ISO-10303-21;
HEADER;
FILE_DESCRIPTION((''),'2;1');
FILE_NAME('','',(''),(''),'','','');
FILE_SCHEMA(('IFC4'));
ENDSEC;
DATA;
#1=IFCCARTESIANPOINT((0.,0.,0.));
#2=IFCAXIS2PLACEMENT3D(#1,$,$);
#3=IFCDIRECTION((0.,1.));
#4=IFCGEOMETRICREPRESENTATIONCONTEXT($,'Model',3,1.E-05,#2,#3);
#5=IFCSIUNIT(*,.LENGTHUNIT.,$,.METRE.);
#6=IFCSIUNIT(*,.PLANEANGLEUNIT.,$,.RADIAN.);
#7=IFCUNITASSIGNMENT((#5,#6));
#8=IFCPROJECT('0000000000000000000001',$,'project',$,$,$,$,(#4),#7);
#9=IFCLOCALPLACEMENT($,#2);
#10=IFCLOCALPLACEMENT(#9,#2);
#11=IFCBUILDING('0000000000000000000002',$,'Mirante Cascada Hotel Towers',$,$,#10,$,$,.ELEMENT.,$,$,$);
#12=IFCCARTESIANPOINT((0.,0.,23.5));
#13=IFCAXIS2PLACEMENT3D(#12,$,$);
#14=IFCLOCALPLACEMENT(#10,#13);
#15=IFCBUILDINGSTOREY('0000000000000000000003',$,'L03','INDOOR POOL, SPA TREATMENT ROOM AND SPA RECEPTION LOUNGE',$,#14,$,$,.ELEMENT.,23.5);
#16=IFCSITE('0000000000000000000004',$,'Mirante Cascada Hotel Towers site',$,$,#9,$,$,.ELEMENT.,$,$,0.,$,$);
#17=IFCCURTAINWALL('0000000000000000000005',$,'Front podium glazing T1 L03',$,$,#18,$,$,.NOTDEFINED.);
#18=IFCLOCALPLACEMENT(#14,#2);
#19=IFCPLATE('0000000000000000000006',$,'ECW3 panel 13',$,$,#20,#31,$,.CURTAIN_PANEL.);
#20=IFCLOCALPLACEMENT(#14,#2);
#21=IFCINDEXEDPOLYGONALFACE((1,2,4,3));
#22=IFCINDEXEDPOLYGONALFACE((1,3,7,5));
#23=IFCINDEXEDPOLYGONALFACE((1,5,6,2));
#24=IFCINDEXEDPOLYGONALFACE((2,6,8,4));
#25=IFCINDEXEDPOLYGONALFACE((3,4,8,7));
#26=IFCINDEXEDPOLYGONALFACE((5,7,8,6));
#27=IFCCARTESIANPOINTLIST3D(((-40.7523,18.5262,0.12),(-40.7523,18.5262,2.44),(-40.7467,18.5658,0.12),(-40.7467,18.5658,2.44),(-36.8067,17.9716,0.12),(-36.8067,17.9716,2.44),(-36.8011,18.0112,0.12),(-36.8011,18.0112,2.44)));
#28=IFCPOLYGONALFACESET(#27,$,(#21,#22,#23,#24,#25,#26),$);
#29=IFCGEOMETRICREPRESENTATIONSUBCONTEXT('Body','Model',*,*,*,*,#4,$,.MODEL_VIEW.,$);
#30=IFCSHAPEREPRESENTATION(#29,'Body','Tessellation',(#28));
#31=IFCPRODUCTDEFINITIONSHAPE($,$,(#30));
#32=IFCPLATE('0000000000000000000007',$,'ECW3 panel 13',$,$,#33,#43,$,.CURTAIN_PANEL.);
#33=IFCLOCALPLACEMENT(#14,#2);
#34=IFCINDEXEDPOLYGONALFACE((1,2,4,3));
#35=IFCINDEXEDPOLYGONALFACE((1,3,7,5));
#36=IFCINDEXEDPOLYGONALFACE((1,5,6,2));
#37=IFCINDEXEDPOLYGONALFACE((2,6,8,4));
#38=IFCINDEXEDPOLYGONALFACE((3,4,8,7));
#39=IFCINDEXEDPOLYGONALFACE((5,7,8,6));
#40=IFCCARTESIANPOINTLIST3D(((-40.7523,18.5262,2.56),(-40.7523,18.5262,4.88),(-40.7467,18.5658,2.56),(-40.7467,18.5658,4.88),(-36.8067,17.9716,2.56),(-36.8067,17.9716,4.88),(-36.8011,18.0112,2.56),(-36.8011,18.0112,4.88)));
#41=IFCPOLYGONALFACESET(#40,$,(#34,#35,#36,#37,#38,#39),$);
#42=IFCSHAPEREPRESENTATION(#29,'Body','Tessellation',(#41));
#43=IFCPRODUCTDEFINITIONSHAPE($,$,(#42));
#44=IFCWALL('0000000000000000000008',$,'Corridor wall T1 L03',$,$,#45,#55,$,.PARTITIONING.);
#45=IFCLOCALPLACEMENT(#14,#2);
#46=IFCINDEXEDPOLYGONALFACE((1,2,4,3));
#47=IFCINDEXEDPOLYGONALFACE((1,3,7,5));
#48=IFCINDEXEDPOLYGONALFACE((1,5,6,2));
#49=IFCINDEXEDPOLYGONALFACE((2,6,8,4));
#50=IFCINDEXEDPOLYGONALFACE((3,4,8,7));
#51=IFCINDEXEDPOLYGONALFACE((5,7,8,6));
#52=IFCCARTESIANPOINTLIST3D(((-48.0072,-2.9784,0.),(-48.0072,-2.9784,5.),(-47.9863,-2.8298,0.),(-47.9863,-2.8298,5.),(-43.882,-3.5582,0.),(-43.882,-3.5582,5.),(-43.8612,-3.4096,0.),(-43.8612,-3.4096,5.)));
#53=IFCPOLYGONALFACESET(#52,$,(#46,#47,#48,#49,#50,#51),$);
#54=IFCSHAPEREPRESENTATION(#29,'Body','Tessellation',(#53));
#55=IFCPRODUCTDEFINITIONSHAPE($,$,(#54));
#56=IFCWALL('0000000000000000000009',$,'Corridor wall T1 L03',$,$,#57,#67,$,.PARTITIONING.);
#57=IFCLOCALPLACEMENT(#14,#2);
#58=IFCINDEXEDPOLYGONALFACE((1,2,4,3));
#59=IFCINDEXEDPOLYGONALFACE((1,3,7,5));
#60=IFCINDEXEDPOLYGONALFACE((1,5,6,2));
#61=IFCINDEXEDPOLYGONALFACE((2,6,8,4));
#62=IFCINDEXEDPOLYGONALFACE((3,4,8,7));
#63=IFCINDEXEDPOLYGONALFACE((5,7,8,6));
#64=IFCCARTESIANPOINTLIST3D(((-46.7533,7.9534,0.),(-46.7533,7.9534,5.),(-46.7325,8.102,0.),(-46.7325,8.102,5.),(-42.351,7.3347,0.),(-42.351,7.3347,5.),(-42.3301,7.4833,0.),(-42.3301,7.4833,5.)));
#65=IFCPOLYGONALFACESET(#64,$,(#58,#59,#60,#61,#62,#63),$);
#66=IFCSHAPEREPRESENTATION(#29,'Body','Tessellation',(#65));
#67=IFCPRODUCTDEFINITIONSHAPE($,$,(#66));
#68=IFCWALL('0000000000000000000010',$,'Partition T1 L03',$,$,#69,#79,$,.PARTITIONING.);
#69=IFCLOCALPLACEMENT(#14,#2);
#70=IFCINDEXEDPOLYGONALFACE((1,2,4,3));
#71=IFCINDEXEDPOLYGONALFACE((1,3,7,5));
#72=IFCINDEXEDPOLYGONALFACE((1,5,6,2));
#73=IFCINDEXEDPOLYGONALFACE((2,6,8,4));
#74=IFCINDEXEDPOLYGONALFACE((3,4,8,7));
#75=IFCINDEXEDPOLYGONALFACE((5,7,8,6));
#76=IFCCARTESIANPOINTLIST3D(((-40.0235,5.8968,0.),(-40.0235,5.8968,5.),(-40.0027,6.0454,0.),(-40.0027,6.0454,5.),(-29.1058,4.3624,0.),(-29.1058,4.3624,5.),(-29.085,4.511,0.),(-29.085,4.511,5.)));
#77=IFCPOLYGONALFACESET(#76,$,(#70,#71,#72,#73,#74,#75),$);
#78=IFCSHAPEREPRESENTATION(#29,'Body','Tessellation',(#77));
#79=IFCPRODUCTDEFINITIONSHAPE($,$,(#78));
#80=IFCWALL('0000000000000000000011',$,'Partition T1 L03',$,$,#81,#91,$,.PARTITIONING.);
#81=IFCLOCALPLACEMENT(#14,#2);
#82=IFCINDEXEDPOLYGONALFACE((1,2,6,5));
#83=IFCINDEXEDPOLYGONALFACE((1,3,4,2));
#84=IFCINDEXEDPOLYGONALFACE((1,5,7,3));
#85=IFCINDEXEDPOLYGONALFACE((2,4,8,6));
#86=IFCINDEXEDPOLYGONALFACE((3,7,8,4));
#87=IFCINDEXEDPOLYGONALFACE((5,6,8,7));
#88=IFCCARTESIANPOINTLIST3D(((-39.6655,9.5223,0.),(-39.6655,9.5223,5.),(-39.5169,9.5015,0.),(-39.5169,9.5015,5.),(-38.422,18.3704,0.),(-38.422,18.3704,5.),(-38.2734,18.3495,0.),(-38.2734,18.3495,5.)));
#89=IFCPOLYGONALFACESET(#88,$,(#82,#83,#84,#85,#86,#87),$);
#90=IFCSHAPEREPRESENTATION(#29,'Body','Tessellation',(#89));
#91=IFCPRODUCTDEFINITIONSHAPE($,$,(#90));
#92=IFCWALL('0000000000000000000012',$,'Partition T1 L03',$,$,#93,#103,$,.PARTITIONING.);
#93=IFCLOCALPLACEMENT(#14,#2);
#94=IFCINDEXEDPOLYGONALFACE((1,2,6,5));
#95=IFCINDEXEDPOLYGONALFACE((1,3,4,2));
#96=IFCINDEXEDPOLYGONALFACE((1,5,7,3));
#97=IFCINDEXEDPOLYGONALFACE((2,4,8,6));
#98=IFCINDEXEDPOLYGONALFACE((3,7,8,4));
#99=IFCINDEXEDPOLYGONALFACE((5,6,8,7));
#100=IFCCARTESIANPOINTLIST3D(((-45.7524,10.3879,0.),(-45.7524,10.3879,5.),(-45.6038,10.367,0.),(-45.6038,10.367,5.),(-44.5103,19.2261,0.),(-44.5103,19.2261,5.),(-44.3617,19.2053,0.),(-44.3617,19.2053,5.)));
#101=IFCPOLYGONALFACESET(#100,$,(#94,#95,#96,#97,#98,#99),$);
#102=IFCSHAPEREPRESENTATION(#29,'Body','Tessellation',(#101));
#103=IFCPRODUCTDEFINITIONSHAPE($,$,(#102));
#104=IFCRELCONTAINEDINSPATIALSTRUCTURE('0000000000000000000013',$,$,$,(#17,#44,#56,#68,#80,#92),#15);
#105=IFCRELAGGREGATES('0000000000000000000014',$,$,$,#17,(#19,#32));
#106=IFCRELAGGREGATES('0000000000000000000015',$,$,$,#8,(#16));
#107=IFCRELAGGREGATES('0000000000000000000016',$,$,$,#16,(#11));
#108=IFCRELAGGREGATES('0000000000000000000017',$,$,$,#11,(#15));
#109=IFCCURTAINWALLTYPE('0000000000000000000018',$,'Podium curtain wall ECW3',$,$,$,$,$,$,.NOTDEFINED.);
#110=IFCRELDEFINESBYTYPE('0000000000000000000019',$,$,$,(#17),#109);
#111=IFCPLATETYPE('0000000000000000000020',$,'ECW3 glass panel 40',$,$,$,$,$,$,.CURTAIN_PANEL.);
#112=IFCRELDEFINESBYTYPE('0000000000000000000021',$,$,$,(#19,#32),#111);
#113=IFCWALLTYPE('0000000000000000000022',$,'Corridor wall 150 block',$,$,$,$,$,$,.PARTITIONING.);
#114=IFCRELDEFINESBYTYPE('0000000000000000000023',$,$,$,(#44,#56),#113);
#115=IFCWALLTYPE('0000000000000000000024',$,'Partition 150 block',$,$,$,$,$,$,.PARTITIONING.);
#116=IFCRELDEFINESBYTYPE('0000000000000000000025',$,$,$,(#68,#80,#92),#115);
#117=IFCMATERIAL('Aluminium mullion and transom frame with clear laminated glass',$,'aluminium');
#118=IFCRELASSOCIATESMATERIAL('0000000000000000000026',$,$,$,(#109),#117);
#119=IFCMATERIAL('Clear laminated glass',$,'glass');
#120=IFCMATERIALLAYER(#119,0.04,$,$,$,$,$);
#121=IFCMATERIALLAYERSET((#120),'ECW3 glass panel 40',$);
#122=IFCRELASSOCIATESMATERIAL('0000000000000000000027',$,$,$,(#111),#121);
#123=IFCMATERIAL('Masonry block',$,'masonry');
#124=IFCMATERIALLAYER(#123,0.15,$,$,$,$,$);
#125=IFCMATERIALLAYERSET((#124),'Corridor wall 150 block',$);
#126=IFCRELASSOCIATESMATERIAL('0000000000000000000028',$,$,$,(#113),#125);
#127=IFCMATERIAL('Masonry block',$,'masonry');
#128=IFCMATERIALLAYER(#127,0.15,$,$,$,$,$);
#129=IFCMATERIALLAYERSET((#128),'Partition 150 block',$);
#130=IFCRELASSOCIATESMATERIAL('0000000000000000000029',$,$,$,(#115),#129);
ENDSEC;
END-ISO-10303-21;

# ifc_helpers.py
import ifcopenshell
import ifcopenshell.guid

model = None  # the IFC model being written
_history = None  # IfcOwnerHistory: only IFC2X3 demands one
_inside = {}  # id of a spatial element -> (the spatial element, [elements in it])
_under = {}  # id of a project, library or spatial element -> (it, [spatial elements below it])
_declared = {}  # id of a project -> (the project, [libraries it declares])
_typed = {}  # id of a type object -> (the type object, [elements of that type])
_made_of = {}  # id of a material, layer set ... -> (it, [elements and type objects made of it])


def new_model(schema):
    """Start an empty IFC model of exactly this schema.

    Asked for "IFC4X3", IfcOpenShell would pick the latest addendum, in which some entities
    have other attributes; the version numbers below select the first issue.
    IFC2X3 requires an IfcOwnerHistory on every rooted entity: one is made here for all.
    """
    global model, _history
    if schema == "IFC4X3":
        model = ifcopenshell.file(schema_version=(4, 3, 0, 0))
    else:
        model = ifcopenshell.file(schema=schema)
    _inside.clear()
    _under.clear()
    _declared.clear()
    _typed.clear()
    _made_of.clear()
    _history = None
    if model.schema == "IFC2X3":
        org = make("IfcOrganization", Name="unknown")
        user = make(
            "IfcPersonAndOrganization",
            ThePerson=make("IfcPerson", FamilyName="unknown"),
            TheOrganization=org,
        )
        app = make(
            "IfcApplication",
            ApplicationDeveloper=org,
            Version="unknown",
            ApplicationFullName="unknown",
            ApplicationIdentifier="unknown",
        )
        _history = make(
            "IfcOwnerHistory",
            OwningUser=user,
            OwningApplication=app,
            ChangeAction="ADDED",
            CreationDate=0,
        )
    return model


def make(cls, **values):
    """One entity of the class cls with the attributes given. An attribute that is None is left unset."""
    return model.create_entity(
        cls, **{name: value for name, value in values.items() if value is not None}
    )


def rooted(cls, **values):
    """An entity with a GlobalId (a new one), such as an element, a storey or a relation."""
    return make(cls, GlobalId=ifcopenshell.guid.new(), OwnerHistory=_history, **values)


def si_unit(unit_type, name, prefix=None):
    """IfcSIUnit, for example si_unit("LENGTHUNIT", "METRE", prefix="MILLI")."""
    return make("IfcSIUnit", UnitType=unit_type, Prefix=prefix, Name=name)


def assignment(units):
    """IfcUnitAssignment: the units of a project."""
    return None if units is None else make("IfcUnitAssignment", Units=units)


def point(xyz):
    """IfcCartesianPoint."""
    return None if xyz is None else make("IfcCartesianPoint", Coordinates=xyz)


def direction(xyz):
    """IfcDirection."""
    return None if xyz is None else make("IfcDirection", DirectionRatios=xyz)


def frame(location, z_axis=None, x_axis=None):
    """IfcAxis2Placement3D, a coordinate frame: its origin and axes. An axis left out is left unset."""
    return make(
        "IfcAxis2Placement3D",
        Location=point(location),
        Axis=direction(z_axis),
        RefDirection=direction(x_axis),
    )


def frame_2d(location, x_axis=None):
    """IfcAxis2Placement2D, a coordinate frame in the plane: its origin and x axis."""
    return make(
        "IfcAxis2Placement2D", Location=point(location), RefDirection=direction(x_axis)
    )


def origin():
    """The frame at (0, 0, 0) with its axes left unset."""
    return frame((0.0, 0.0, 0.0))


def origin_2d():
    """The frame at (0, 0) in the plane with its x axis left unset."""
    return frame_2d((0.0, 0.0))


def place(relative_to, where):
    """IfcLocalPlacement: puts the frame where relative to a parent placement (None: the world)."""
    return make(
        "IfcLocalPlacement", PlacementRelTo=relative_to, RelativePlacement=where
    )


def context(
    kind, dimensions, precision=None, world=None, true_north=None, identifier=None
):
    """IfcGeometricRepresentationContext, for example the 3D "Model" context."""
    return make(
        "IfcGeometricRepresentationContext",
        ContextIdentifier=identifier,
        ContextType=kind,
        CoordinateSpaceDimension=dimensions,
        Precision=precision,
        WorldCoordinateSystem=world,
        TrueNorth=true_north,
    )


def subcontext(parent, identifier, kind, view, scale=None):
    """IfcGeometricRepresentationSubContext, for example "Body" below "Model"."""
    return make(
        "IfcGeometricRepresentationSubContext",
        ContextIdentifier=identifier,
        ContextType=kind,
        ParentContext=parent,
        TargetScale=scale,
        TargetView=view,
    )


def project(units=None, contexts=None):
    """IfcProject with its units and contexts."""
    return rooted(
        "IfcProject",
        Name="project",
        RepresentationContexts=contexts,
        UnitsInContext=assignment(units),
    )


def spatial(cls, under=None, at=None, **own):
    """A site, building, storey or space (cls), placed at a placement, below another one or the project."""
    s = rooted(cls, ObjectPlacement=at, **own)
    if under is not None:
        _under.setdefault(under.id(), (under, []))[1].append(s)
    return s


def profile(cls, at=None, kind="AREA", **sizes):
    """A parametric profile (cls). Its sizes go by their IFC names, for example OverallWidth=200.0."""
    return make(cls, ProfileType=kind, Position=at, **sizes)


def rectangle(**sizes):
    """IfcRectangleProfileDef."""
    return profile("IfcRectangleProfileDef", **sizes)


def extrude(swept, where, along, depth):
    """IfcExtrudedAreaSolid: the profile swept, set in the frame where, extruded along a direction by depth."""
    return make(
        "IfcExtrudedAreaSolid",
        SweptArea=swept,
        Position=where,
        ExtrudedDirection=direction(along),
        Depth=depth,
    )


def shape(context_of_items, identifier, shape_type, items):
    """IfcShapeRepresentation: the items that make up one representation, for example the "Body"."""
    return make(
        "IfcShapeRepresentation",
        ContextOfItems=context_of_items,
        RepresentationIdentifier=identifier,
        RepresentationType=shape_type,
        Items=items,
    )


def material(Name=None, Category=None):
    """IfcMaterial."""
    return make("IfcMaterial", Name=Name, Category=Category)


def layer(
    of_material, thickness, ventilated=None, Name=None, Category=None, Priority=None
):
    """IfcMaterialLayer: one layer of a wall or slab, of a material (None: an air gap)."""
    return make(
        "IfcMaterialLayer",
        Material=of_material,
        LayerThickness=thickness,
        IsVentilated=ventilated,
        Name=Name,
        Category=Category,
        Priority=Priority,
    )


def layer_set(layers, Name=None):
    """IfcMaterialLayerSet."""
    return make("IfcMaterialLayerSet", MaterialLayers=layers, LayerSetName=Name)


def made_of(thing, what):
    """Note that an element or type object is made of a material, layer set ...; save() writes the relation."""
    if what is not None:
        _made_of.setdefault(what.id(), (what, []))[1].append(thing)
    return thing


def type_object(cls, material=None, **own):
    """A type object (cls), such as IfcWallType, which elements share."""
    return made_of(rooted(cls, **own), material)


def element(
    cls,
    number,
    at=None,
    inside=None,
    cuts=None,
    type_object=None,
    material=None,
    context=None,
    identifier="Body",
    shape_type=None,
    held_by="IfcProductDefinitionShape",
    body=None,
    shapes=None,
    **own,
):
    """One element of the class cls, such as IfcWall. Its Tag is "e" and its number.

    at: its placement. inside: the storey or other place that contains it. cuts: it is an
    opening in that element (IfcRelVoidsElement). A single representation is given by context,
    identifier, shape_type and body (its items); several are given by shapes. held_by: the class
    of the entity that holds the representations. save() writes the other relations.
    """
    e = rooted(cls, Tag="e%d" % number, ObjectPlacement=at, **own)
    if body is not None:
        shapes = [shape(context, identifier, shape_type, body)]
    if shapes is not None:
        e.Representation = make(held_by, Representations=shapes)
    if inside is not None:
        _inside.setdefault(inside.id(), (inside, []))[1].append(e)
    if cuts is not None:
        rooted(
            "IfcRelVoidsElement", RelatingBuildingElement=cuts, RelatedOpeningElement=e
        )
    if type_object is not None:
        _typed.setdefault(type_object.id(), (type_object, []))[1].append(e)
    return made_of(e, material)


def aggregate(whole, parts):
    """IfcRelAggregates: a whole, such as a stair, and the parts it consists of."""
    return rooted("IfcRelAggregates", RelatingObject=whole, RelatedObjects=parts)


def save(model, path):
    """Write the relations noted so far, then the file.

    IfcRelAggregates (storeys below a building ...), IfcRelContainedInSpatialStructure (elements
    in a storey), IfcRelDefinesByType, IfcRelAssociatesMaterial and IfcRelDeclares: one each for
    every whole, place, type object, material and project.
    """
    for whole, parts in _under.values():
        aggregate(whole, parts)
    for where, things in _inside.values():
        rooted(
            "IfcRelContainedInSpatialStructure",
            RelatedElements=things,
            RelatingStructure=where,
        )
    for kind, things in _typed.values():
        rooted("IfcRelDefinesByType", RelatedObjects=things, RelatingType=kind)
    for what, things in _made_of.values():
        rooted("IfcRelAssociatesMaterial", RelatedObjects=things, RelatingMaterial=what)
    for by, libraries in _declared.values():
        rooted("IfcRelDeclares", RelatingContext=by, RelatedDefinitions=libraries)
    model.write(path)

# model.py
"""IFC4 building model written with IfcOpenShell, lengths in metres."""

from ifc_helpers import new_model, si_unit, direction, frame, frame_2d, origin, origin_2d, place, context, subcontext, project, spatial, rectangle, extrude, material, layer, layer_set, type_object, element, aggregate, save


model = new_model("IFC4")

# Units and contexts
model_context = context("Model", 3, precision=1e-05, world=origin(), true_north=direction((0.0, 1.0)))
body_context = subcontext(model_context, "Body", "Model", "MODEL_VIEW")
ifc_project = project(units=[si_unit("LENGTHUNIT", "METRE"), si_unit("PLANEANGLEUNIT", "RADIAN")], contexts=[model_context])

# Site, building, storey
site_placement = place(None, origin())
site = spatial("IfcSite", under=ifc_project, at=site_placement, Name="Mirante Cascada Hotel Towers site", CompositionType="ELEMENT", RefElevation=0.0)
building_placement = place(site_placement, origin())
building = spatial("IfcBuilding", under=site, at=building_placement, Name="Mirante Cascada Hotel Towers", CompositionType="ELEMENT")
storey_placement = place(building_placement, frame((0.0, 0.0, 23.5)))
storey = spatial("IfcBuildingStorey", under=building, at=storey_placement, Name="L03", Description="INDOOR POOL, SPA TREATMENT ROOM AND SPA RECEPTION LOUNGE", CompositionType="ELEMENT", Elevation=23.5)

# Curtain wall, plates
ifc_material_1 = material(Name="Aluminium mullion and transom frame with clear laminated glass", Category="aluminium")
curtain_wall_type = type_object("IfcCurtainWallType", Name="Podium curtain wall ECW3", PredefinedType="NOTDEFINED", material=ifc_material_1)
curtain_wall_placement = place(storey_placement, origin())
curtain_wall = element("IfcCurtainWall", 1, at=curtain_wall_placement, inside=storey, type_object=curtain_wall_type, Name="Front podium glazing T1 L03", PredefinedType="NOTDEFINED")
ifc_material_2 = material(Name="Clear laminated glass", Category="glass")
ifc_layer_1 = layer(ifc_material_2, 0.04)
ifc_layer_set_1 = layer_set([ifc_layer_1], Name="ECW3 glass panel 40")
plate_type = type_object("IfcPlateType", Name="ECW3 glass panel 40", PredefinedType="CURTAIN_PANEL", material=ifc_layer_set_1)
plate_1_placement = place(storey_placement, frame((-38.7767, 18.2687, 0.12), z_axis=(0.0, 0.0, 1.0), x_axis=(0.990268, -0.139173, 0.0)))
plate_1 = element("IfcPlate", 2, at=plate_1_placement, type_object=plate_type, Name="ECW3 panel 13", PredefinedType="CURTAIN_PANEL", context=body_context, shape_type="SweptSolid", body=[
    extrude(rectangle(XDim=3.9844, YDim=0.04, at=origin_2d()), origin(), (0.0, 0.0, 1.0), 2.32),
])
plate_2_placement = place(storey_placement, frame((-38.7767, 18.2687, 2.56), z_axis=(0.0, 0.0, 1.0), x_axis=(0.990268, -0.139173, 0.0)))
plate_2 = element("IfcPlate", 3, at=plate_2_placement, type_object=plate_type, Name="ECW3 panel 13", PredefinedType="CURTAIN_PANEL", context=body_context, shape_type="SweptSolid", body=[
    extrude(rectangle(XDim=3.9844, YDim=0.04, at=origin_2d()), origin(), (0.0, 0.0, 1.0), 2.32),
])
aggregate(curtain_wall, [plate_1, plate_2])

# Walls
ifc_material_3 = material(Name="Masonry block", Category="masonry")
ifc_layer_2 = layer(ifc_material_3, 0.15)
ifc_layer_set_2 = layer_set([ifc_layer_2], Name="Corridor wall 150 block")
wall_type_1 = type_object("IfcWallType", Name="Corridor wall 150 block", PredefinedType="PARTITIONING", material=ifc_layer_set_2)
wall_1_placement = place(storey_placement, frame((-47.9967, -2.9041, 0.0), z_axis=(0.0, 0.0, 1.0), x_axis=(0.990267, -0.139183, 0.0)))
element("IfcWall", 4, at=wall_1_placement, inside=storey, type_object=wall_type_1, Name="Corridor wall T1 L03", PredefinedType="PARTITIONING", context=body_context, shape_type="SweptSolid", body=[
    extrude(rectangle(XDim=4.1657, YDim=0.15, at=frame_2d((2.0828, 0.0))), origin(), (0.0, 0.0, 1.0), 5.0),
])
wall_2_placement = place(storey_placement, frame((-46.7429, 8.0277, 0.0), z_axis=(0.0, 0.0, 1.0), x_axis=(0.990268, -0.139173, 0.0)))
element("IfcWall", 5, at=wall_2_placement, inside=storey, type_object=wall_type_1, Name="Corridor wall T1 L03", PredefinedType="PARTITIONING", context=body_context, shape_type="SweptSolid", body=[
    extrude(rectangle(XDim=4.4456, YDim=0.15, at=frame_2d((2.2228, 0.0))), origin(), (0.0, 0.0, 1.0), 5.0),
])
ifc_material_4 = material(Name="Masonry block", Category="masonry")
ifc_layer_3 = layer(ifc_material_4, 0.15)
ifc_layer_set_3 = layer_set([ifc_layer_3], Name="Partition 150 block")
wall_type_2 = type_object("IfcWallType", Name="Partition 150 block", PredefinedType="PARTITIONING", material=ifc_layer_set_3)
wall_3_placement = place(storey_placement, frame((-40.0131, 5.9711, 0.0), z_axis=(0.0, 0.0, 1.0), x_axis=(0.990268, -0.139175, 0.0)))
element("IfcWall", 6, at=wall_3_placement, inside=storey, type_object=wall_type_2, Name="Partition T1 L03", PredefinedType="PARTITIONING", context=body_context, shape_type="SweptSolid", body=[
    extrude(rectangle(XDim=11.025, YDim=0.15, at=frame_2d((5.5125, 0.0))), origin(), (0.0, 0.0, 1.0), 5.0),
])
wall_4_placement = place(storey_placement, frame((-39.5912, 9.5119, 0.0), z_axis=(0.0, 0.0, 1.0), x_axis=(0.139173, 0.990268, 0.0)))
element("IfcWall", 7, at=wall_4_placement, inside=storey, type_object=wall_type_2, Name="Partition T1 L03", PredefinedType="PARTITIONING", context=body_context, shape_type="SweptSolid", body=[
    extrude(rectangle(XDim=8.935, YDim=0.15, at=frame_2d((4.4675, 0.0))), origin(), (0.0, 0.0, 1.0), 5.0),
])
wall_5_placement = place(storey_placement, frame((-45.6781, 10.3774, 0.0), z_axis=(0.0, 0.0, 1.0), x_axis=(0.13917, 0.990268, 0.0)))
element("IfcWall", 8, at=wall_5_placement, inside=storey, type_object=wall_type_2, Name="Partition T1 L03", PredefinedType="PARTITIONING", context=body_context, shape_type="SweptSolid", body=[
    extrude(rectangle(XDim=8.9251, YDim=0.15, at=frame_2d((4.4626, 0.0))), origin(), (0.0, 0.0, 1.0), 5.0),
])

save(model, "model.ifc")
